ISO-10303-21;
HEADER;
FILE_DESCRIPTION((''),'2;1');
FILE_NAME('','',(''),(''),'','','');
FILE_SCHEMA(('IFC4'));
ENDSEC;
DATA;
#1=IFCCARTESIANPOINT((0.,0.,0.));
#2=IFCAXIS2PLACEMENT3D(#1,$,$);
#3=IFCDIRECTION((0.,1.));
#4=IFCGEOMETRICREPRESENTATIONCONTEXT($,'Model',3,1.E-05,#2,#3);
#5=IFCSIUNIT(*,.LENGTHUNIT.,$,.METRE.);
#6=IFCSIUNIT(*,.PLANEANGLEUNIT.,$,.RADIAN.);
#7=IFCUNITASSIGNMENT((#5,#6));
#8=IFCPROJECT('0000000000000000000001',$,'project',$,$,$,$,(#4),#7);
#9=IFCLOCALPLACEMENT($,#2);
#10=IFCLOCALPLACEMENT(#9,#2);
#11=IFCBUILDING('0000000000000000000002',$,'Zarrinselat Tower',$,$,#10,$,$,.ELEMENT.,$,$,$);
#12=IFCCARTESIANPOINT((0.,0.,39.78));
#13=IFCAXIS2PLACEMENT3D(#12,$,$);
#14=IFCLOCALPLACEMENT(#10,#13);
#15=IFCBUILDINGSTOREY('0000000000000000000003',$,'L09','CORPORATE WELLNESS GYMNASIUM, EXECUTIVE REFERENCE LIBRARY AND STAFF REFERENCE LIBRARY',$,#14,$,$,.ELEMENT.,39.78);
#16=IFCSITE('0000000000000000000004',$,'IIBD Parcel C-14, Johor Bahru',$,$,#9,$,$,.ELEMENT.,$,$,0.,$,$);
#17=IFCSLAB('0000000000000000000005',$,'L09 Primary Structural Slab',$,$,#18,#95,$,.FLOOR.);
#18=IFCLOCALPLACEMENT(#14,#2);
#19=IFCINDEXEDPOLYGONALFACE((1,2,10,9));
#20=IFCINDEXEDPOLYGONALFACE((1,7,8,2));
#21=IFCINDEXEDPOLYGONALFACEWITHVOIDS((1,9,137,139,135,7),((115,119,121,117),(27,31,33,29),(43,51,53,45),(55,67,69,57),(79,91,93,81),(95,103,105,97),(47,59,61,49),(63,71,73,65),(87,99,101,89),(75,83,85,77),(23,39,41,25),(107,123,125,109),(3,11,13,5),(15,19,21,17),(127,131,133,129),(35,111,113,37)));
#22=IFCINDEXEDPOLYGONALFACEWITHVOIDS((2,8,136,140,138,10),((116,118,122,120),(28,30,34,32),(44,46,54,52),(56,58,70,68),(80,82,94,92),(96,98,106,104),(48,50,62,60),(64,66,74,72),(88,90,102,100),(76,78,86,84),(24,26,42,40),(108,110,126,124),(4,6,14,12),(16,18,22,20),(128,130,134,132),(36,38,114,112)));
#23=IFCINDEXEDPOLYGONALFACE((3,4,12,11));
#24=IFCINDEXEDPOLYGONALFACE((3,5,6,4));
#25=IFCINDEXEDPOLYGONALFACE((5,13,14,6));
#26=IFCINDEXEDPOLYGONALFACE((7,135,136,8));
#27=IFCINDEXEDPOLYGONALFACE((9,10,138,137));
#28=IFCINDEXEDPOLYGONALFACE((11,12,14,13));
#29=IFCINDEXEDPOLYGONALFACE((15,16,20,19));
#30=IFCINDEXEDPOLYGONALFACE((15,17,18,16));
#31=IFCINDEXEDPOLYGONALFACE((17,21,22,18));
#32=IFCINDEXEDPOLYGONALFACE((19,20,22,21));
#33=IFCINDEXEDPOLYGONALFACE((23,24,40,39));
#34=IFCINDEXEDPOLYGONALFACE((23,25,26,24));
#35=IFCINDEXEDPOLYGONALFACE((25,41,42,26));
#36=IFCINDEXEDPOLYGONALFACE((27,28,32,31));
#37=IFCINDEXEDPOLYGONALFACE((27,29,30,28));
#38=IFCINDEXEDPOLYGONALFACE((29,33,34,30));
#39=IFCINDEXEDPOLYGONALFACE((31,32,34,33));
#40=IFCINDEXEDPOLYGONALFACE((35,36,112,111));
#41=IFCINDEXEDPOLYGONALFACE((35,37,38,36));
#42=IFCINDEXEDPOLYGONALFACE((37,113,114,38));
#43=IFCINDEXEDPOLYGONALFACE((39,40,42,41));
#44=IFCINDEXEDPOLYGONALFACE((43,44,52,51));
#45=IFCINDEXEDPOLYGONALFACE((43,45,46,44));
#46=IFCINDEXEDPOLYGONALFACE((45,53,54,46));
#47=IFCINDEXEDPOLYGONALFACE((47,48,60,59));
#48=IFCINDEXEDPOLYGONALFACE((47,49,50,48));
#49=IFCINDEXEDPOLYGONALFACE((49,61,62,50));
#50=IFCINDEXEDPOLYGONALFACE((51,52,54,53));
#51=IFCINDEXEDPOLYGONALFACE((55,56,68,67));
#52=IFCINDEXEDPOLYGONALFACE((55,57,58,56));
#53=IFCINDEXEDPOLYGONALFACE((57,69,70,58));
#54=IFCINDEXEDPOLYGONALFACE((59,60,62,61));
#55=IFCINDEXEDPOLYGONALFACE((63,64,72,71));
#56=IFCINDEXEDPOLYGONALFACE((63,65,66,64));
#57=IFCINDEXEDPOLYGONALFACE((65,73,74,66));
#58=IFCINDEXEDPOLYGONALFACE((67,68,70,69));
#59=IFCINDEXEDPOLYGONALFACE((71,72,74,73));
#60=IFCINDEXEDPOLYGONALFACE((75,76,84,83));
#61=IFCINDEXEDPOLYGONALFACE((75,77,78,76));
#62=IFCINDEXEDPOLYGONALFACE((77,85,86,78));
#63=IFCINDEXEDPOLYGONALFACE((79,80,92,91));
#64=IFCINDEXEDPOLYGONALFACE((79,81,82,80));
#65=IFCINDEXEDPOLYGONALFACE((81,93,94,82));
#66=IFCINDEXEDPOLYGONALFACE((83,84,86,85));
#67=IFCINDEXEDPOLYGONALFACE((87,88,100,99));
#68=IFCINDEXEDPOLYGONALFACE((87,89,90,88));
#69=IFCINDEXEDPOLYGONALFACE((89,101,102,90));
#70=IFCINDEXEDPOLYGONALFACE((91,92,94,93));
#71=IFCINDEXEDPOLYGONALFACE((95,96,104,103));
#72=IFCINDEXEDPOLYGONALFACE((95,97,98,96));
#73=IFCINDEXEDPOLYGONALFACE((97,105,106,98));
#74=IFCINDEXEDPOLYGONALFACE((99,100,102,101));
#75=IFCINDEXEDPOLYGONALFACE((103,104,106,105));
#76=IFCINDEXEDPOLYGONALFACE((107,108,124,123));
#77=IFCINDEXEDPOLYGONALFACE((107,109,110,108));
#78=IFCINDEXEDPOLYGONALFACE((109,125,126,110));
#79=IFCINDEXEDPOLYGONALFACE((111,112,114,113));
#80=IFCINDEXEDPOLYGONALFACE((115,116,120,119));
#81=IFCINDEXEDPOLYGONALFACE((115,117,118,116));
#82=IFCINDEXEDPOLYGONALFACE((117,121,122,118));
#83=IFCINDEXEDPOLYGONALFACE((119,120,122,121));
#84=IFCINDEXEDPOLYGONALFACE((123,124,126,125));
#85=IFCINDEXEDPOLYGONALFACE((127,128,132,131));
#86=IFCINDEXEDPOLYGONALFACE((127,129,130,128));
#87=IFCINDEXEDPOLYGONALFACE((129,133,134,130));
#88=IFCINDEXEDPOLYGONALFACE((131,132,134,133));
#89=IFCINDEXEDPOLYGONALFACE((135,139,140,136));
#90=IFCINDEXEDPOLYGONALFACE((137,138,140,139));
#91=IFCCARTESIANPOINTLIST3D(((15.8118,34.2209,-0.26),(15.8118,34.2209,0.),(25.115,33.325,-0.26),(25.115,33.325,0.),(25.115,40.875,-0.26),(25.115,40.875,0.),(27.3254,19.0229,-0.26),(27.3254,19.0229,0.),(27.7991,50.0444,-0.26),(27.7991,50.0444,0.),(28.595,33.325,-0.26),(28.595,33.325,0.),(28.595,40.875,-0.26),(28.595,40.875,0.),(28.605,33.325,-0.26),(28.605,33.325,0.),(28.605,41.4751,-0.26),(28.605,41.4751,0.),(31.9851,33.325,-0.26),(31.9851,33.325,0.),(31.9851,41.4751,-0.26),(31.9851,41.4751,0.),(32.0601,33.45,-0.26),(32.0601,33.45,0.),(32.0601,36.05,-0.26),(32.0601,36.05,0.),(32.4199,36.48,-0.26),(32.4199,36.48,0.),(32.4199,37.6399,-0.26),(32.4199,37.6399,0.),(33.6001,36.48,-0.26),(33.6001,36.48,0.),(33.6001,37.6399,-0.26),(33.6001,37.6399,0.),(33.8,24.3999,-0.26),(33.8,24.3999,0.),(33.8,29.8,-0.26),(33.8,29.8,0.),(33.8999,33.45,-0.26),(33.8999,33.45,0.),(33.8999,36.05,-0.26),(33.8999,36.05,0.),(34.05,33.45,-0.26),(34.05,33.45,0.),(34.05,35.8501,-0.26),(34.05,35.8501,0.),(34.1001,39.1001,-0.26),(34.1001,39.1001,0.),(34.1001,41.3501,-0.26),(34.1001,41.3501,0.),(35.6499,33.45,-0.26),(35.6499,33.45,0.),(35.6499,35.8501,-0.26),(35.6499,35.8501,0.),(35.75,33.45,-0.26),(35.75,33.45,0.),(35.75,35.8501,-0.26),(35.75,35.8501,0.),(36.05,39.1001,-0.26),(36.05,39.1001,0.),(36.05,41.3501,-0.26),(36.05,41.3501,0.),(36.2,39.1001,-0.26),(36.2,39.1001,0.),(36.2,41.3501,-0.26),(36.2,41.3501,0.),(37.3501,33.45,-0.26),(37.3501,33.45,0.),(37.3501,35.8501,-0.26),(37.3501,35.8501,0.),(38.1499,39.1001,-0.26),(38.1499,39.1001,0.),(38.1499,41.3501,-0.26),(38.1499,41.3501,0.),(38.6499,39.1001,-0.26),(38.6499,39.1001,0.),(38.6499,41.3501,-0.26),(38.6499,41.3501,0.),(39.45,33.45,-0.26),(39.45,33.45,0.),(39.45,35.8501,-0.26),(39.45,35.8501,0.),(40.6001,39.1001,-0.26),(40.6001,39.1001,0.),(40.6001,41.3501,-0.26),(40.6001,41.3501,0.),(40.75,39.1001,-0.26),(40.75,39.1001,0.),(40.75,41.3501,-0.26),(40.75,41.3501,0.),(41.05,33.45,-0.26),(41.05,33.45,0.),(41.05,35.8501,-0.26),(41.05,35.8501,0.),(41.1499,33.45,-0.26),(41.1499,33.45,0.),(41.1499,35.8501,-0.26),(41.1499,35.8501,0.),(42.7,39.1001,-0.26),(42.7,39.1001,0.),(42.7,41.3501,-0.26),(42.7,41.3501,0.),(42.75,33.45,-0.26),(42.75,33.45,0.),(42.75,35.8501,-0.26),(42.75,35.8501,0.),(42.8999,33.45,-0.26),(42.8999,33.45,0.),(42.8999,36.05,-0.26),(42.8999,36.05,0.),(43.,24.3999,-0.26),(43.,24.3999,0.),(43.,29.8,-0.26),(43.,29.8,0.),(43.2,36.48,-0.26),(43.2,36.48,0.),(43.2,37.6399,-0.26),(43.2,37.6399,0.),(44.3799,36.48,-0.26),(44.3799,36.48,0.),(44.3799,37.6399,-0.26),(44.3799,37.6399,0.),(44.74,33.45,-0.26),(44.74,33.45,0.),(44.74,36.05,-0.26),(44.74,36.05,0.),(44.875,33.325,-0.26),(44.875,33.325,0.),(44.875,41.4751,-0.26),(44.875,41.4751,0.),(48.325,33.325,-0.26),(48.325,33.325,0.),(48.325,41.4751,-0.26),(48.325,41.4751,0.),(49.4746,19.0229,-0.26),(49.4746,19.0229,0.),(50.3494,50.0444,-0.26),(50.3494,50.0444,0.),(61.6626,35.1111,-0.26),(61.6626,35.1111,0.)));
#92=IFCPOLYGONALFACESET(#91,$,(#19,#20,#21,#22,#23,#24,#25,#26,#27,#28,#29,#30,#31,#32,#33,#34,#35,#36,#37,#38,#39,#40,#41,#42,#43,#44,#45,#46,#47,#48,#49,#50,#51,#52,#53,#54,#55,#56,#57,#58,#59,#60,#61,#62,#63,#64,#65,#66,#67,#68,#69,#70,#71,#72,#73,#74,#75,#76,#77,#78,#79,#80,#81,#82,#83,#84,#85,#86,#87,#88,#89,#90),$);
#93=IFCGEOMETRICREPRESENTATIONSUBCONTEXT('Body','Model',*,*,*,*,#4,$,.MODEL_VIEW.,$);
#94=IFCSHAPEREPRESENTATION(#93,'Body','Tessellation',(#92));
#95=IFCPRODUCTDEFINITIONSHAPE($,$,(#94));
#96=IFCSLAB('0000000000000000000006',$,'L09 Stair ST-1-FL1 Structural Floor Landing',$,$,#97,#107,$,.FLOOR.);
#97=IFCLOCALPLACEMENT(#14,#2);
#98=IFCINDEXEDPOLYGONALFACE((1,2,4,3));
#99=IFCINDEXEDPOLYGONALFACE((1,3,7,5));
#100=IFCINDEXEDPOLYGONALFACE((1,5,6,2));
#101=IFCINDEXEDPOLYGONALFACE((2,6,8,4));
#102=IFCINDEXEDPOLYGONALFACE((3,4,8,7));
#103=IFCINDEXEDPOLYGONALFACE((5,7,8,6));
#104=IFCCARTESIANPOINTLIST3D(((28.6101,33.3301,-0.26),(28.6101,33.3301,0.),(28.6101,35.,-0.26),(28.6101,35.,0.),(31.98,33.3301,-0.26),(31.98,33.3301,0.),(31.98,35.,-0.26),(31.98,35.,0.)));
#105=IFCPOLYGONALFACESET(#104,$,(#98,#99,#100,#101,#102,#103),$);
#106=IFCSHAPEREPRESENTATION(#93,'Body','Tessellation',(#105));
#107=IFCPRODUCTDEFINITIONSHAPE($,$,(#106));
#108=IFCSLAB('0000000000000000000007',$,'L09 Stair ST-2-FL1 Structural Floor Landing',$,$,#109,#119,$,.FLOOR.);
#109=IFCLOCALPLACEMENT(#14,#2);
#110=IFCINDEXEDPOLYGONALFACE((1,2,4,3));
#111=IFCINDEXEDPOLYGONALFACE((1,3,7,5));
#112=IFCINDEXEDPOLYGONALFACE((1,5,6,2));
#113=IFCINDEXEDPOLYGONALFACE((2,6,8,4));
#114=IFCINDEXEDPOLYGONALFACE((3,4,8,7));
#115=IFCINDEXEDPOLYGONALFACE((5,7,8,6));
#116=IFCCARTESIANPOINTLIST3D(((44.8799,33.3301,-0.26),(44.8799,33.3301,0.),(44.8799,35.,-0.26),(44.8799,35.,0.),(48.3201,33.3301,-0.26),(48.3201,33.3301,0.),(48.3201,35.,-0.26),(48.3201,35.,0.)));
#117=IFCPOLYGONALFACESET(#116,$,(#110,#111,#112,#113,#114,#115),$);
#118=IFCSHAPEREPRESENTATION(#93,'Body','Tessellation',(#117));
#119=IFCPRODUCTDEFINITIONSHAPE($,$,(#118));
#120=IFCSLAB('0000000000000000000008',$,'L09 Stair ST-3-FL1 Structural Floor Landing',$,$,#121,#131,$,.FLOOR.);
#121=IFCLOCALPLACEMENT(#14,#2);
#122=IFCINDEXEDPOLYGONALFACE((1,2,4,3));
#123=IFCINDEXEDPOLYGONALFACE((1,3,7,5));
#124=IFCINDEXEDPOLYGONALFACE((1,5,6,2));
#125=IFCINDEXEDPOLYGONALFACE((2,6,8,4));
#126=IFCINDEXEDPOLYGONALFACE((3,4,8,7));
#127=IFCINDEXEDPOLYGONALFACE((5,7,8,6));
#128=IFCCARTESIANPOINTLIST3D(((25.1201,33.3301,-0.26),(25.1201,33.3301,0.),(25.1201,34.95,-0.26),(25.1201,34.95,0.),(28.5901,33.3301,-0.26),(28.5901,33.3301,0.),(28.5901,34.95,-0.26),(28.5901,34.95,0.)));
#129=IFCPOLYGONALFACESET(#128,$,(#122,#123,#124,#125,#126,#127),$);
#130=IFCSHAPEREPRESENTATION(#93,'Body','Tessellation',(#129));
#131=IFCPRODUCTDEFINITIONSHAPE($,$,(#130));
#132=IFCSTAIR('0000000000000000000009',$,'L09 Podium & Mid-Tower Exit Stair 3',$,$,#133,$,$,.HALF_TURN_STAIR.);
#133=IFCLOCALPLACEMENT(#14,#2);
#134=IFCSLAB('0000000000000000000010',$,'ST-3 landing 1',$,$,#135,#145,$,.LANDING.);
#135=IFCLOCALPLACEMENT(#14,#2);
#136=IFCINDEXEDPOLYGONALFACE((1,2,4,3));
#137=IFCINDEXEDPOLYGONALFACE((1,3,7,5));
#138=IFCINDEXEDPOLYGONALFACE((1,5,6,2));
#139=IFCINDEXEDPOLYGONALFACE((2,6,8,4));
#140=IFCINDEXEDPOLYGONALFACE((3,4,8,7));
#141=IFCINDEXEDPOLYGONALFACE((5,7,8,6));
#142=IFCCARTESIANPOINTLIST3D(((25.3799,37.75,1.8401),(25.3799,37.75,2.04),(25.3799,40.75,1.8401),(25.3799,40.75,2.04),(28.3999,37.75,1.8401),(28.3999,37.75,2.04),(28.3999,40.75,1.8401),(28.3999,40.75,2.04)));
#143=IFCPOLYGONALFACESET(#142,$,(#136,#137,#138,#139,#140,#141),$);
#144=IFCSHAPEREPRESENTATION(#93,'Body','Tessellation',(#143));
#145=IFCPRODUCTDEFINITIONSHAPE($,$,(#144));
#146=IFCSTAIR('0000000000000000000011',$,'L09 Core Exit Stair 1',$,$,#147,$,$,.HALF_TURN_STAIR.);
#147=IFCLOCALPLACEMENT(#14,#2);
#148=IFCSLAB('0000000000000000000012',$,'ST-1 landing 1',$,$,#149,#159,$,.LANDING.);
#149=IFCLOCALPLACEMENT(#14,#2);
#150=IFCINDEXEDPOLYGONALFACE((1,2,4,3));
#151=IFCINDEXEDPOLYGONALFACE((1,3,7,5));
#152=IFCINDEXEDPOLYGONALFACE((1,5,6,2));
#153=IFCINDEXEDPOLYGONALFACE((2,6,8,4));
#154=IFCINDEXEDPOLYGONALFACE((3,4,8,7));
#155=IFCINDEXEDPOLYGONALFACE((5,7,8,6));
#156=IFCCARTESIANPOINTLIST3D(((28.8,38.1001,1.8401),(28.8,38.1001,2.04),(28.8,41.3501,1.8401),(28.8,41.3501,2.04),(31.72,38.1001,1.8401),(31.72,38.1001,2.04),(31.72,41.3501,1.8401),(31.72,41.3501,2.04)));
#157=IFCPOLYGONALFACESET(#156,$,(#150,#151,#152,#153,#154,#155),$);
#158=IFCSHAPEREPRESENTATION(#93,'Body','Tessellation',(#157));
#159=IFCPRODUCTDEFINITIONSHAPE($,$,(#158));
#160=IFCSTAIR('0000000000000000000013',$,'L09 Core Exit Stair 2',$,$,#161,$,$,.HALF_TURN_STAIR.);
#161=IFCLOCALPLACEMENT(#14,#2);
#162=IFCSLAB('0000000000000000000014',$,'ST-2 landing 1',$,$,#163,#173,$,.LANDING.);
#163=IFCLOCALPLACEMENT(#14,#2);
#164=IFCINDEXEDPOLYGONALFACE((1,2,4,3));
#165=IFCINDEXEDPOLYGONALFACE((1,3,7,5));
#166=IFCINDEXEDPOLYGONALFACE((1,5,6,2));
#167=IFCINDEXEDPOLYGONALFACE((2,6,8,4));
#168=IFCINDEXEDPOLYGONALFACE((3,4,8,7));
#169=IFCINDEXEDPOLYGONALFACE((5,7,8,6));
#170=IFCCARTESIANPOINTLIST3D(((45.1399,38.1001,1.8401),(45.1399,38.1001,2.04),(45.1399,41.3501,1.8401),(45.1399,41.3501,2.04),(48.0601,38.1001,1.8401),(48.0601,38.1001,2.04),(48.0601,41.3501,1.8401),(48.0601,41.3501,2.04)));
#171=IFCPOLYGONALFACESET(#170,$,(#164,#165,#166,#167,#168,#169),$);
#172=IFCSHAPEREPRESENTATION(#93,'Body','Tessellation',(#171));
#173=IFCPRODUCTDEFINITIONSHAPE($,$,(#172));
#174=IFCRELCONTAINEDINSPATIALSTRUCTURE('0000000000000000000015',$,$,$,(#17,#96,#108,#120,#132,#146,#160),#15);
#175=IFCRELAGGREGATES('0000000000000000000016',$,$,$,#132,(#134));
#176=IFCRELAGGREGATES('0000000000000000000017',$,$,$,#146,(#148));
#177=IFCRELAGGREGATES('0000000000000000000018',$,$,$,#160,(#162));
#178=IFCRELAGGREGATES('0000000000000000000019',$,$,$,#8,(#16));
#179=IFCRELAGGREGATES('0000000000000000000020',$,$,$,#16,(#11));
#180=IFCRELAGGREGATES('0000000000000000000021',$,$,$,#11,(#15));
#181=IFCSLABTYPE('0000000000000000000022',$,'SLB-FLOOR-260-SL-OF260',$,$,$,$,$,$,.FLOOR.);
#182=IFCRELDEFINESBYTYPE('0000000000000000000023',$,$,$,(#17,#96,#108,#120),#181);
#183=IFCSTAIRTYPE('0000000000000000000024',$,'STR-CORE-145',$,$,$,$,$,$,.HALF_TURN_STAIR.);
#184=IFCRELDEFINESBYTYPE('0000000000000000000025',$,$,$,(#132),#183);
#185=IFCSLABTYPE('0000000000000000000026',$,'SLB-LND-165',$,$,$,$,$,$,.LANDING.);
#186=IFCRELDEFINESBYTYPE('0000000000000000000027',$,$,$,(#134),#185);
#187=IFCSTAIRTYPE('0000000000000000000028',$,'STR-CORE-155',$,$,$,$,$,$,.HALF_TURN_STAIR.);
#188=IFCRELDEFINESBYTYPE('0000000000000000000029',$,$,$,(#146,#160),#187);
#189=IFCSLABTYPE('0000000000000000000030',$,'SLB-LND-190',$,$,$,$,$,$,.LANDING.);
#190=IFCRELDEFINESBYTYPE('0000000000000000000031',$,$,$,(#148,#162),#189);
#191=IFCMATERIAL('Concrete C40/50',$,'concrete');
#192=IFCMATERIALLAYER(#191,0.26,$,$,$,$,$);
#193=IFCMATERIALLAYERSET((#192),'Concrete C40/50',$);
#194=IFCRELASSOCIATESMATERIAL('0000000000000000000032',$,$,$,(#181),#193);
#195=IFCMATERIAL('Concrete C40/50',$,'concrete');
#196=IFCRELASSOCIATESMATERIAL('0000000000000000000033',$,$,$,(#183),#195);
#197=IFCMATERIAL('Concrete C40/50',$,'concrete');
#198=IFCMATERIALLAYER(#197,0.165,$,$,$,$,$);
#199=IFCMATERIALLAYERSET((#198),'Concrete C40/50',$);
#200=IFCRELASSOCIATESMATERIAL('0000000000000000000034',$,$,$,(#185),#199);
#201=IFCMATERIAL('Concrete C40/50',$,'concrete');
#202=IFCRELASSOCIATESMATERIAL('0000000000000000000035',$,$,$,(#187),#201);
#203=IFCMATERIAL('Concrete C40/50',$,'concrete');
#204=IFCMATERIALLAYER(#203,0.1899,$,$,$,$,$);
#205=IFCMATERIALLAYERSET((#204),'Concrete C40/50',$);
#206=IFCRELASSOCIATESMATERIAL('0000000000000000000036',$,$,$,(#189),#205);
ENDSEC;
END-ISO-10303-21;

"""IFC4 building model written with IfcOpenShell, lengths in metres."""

from ifc_helpers import new_model, si_unit, direction, frame, origin, place, context, subcontext, project, spatial, polyline, outline, extrude, material, layer, layer_set, type_object, element, aggregate, save


model = new_model("IFC4")

# Units and contexts
model_context = context("Model", 3, precision=1e-05, world=origin(), true_north=direction((0.0, 1.0)))
body_context = subcontext(model_context, "Body", "Model", "MODEL_VIEW")
ifc_project = project(units=[si_unit("LENGTHUNIT", "METRE"), si_unit("PLANEANGLEUNIT", "RADIAN")], contexts=[model_context])

# Site, building, storey
site_placement = place(None, origin())
site = spatial("IfcSite", under=ifc_project, at=site_placement, Name="IIBD Parcel C-14, Johor Bahru", CompositionType="ELEMENT", RefElevation=0.0)
building_placement = place(site_placement, origin())
building = spatial("IfcBuilding", under=site, at=building_placement, Name="Zarrinselat Tower", CompositionType="ELEMENT")
storey_placement = place(building_placement, frame((0.0, 0.0, 39.78)))
storey = spatial("IfcBuildingStorey", under=building, at=storey_placement, Name="L09", Description="CORPORATE WELLNESS GYMNASIUM, EXECUTIVE REFERENCE LIBRARY AND STAFF REFERENCE LIBRARY", CompositionType="ELEMENT", Elevation=39.78)

# Slabs
ifc_material_1 = material(Name="Concrete C40/50", Category="concrete")
ifc_layer_1 = layer(ifc_material_1, 0.26)
ifc_layer_set_1 = layer_set([ifc_layer_1], Name="Concrete C40/50")
slab_type_1 = type_object("IfcSlabType", Name="SLB-FLOOR-260-SL-OF260", PredefinedType="FLOOR", material=ifc_layer_set_1)
slab_1_placement = place(storey_placement, frame((0.0, 0.0, -0.26)))
element("IfcSlab", 1, at=slab_1_placement, inside=storey, type_object=slab_type_1, Name="L09 Primary Structural Slab", PredefinedType="FLOOR", context=body_context, shape_type="SweptSolid", body=[
    extrude(outline(polyline([(50.3494, 50.0444), (27.7991, 50.0444), (15.8118, 34.2209), (27.3254, 19.0229), (49.4746, 19.0229), (61.6626, 35.1111), (50.3494, 50.0444)]), holes=[polyline([(34.05, 33.45), (34.05, 35.8501), (35.6499, 35.8501), (35.6499, 33.45), (34.05, 33.45)]), polyline([(35.75, 33.45), (35.75, 35.8501), (37.3501, 35.8501), (37.3501, 33.45), (35.75, 33.45)]), polyline([(32.0601, 33.45), (32.0601, 36.05), (33.8999, 36.05), (33.8999, 33.45), (32.0601, 33.45)]), polyline([(32.4199, 36.48), (32.4199, 37.6399), (33.6001, 37.6399), (33.6001, 36.48), (32.4199, 36.48)]), polyline([(28.595, 33.325), (25.115, 33.325), (25.115, 40.875), (28.595, 40.875), (28.595, 33.325)]), polyline([(31.9851, 33.325), (28.605, 33.325), (28.605, 41.4751), (31.9851, 41.4751), (31.9851, 33.325)]), polyline([(34.1001, 39.1001), (34.1001, 41.3501), (36.05, 41.3501), (36.05, 39.1001), (34.1001, 39.1001)]), polyline([(36.2, 39.1001), (36.2, 41.3501), (38.1499, 41.3501), (38.1499, 39.1001), (36.2, 39.1001)]), polyline([(33.8, 24.3999), (33.8, 29.8), (43.0, 29.8), (43.0, 24.3999), (33.8, 24.3999)]), polyline([(39.45, 33.45), (39.45, 35.8501), (41.05, 35.8501), (41.05, 33.45), (39.45, 33.45)]), polyline([(41.1499, 33.45), (41.1499, 35.8501), (42.75, 35.8501), (42.75, 33.45), (41.1499, 33.45)]), polyline([(42.8999, 33.45), (42.8999, 36.05), (44.74, 36.05), (44.74, 33.45), (42.8999, 33.45)]), polyline([(43.2, 36.48), (43.2, 37.6399), (44.3799, 37.6399), (44.3799, 36.48), (43.2, 36.48)]), polyline([(48.325, 33.325), (44.875, 33.325), (44.875, 41.4751), (48.325, 41.4751), (48.325, 33.325)]), polyline([(38.6499, 39.1001), (38.6499, 41.3501), (40.6001, 41.3501), (40.6001, 39.1001), (38.6499, 39.1001)]), polyline([(40.75, 39.1001), (40.75, 41.3501), (42.7, 41.3501), (42.7, 39.1001), (40.75, 39.1001)])]), origin(), (0.0, 0.0, 1.0), 0.26),
])
slab_2_placement = place(storey_placement, frame((0.0, 0.0, -0.26)))
element("IfcSlab", 2, at=slab_2_placement, inside=storey, type_object=slab_type_1, Name="L09 Stair ST-1-FL1 Structural Floor Landing", PredefinedType="FLOOR", context=body_context, shape_type="SweptSolid", body=[
    extrude(outline(polyline([(31.98, 33.3301), (31.98, 35.0), (28.6101, 35.0), (28.6101, 33.3301), (31.98, 33.3301)])), origin(), (0.0, 0.0, 1.0), 0.26),
])
slab_3_placement = place(storey_placement, frame((0.0, 0.0, -0.26)))
element("IfcSlab", 3, at=slab_3_placement, inside=storey, type_object=slab_type_1, Name="L09 Stair ST-2-FL1 Structural Floor Landing", PredefinedType="FLOOR", context=body_context, shape_type="SweptSolid", body=[
    extrude(outline(polyline([(48.3201, 33.3301), (48.3201, 35.0), (44.8799, 35.0), (44.8799, 33.3301), (48.3201, 33.3301)])), origin(), (0.0, 0.0, 1.0), 0.26),
])
slab_4_placement = place(storey_placement, frame((0.0, 0.0, -0.26)))
element("IfcSlab", 4, at=slab_4_placement, inside=storey, type_object=slab_type_1, Name="L09 Stair ST-3-FL1 Structural Floor Landing", PredefinedType="FLOOR", context=body_context, shape_type="SweptSolid", body=[
    extrude(outline(polyline([(28.5901, 33.3301), (28.5901, 34.95), (25.1201, 34.95), (25.1201, 33.3301), (28.5901, 33.3301)])), origin(), (0.0, 0.0, 1.0), 0.26),
])

# Stairs, slabs
ifc_material_2 = material(Name="Concrete C40/50", Category="concrete")
stair_type_1 = type_object("IfcStairType", Name="STR-CORE-145", PredefinedType="HALF_TURN_STAIR", material=ifc_material_2)
stair_1_placement = place(storey_placement, origin())
stair_1 = element("IfcStair", 5, at=stair_1_placement, inside=storey, type_object=stair_type_1, Name="L09 Podium & Mid-Tower Exit Stair 3", PredefinedType="HALF_TURN_STAIR")
ifc_material_3 = material(Name="Concrete C40/50", Category="concrete")
ifc_layer_2 = layer(ifc_material_3, 0.165)
ifc_layer_set_2 = layer_set([ifc_layer_2], Name="Concrete C40/50")
slab_type_2 = type_object("IfcSlabType", Name="SLB-LND-165", PredefinedType="LANDING", material=ifc_layer_set_2)
slab_5_placement = place(storey_placement, frame((0.0, 0.0, 1.8401)))
slab_5 = element("IfcSlab", 6, at=slab_5_placement, type_object=slab_type_2, Name="ST-3 landing 1", PredefinedType="LANDING", context=body_context, shape_type="SweptSolid", body=[
    extrude(outline(polyline([(28.3999, 37.75), (28.3999, 40.75), (25.3799, 40.75), (25.3799, 37.75), (28.3999, 37.75)])), origin(), (0.0, 0.0, 1.0), 0.2),
])
aggregate(stair_1, [slab_5])
ifc_material_4 = material(Name="Concrete C40/50", Category="concrete")
stair_type_2 = type_object("IfcStairType", Name="STR-CORE-155", PredefinedType="HALF_TURN_STAIR", material=ifc_material_4)
stair_2_placement = place(storey_placement, origin())
stair_2 = element("IfcStair", 7, at=stair_2_placement, inside=storey, type_object=stair_type_2, Name="L09 Core Exit Stair 1", PredefinedType="HALF_TURN_STAIR")
ifc_material_5 = material(Name="Concrete C40/50", Category="concrete")
ifc_layer_3 = layer(ifc_material_5, 0.1899)
ifc_layer_set_3 = layer_set([ifc_layer_3], Name="Concrete C40/50")
slab_type_3 = type_object("IfcSlabType", Name="SLB-LND-190", PredefinedType="LANDING", material=ifc_layer_set_3)
slab_6_placement = place(storey_placement, frame((0.0, 0.0, 1.8401)))
slab_6 = element("IfcSlab", 8, at=slab_6_placement, type_object=slab_type_3, Name="ST-1 landing 1", PredefinedType="LANDING", context=body_context, shape_type="SweptSolid", body=[
    extrude(outline(polyline([(31.72, 38.1001), (31.72, 41.3501), (28.8, 41.3501), (28.8, 38.1001), (31.72, 38.1001)])), origin(), (0.0, 0.0, 1.0), 0.2),
])
aggregate(stair_2, [slab_6])
stair_3_placement = place(storey_placement, origin())
stair_3 = element("IfcStair", 9, at=stair_3_placement, inside=storey, type_object=stair_type_2, Name="L09 Core Exit Stair 2", PredefinedType="HALF_TURN_STAIR")
slab_7_placement = place(storey_placement, frame((0.0, 0.0, 1.8401)))
slab_7 = element("IfcSlab", 10, at=slab_7_placement, type_object=slab_type_3, Name="ST-2 landing 1", PredefinedType="LANDING", context=body_context, shape_type="SweptSolid", body=[
    extrude(outline(polyline([(48.0601, 38.1001), (48.0601, 41.3501), (45.1399, 41.3501), (45.1399, 38.1001), (48.0601, 38.1001)])), origin(), (0.0, 0.0, 1.0), 0.2),
])
aggregate(stair_3, [slab_7])

save(model, "model.ifc")
